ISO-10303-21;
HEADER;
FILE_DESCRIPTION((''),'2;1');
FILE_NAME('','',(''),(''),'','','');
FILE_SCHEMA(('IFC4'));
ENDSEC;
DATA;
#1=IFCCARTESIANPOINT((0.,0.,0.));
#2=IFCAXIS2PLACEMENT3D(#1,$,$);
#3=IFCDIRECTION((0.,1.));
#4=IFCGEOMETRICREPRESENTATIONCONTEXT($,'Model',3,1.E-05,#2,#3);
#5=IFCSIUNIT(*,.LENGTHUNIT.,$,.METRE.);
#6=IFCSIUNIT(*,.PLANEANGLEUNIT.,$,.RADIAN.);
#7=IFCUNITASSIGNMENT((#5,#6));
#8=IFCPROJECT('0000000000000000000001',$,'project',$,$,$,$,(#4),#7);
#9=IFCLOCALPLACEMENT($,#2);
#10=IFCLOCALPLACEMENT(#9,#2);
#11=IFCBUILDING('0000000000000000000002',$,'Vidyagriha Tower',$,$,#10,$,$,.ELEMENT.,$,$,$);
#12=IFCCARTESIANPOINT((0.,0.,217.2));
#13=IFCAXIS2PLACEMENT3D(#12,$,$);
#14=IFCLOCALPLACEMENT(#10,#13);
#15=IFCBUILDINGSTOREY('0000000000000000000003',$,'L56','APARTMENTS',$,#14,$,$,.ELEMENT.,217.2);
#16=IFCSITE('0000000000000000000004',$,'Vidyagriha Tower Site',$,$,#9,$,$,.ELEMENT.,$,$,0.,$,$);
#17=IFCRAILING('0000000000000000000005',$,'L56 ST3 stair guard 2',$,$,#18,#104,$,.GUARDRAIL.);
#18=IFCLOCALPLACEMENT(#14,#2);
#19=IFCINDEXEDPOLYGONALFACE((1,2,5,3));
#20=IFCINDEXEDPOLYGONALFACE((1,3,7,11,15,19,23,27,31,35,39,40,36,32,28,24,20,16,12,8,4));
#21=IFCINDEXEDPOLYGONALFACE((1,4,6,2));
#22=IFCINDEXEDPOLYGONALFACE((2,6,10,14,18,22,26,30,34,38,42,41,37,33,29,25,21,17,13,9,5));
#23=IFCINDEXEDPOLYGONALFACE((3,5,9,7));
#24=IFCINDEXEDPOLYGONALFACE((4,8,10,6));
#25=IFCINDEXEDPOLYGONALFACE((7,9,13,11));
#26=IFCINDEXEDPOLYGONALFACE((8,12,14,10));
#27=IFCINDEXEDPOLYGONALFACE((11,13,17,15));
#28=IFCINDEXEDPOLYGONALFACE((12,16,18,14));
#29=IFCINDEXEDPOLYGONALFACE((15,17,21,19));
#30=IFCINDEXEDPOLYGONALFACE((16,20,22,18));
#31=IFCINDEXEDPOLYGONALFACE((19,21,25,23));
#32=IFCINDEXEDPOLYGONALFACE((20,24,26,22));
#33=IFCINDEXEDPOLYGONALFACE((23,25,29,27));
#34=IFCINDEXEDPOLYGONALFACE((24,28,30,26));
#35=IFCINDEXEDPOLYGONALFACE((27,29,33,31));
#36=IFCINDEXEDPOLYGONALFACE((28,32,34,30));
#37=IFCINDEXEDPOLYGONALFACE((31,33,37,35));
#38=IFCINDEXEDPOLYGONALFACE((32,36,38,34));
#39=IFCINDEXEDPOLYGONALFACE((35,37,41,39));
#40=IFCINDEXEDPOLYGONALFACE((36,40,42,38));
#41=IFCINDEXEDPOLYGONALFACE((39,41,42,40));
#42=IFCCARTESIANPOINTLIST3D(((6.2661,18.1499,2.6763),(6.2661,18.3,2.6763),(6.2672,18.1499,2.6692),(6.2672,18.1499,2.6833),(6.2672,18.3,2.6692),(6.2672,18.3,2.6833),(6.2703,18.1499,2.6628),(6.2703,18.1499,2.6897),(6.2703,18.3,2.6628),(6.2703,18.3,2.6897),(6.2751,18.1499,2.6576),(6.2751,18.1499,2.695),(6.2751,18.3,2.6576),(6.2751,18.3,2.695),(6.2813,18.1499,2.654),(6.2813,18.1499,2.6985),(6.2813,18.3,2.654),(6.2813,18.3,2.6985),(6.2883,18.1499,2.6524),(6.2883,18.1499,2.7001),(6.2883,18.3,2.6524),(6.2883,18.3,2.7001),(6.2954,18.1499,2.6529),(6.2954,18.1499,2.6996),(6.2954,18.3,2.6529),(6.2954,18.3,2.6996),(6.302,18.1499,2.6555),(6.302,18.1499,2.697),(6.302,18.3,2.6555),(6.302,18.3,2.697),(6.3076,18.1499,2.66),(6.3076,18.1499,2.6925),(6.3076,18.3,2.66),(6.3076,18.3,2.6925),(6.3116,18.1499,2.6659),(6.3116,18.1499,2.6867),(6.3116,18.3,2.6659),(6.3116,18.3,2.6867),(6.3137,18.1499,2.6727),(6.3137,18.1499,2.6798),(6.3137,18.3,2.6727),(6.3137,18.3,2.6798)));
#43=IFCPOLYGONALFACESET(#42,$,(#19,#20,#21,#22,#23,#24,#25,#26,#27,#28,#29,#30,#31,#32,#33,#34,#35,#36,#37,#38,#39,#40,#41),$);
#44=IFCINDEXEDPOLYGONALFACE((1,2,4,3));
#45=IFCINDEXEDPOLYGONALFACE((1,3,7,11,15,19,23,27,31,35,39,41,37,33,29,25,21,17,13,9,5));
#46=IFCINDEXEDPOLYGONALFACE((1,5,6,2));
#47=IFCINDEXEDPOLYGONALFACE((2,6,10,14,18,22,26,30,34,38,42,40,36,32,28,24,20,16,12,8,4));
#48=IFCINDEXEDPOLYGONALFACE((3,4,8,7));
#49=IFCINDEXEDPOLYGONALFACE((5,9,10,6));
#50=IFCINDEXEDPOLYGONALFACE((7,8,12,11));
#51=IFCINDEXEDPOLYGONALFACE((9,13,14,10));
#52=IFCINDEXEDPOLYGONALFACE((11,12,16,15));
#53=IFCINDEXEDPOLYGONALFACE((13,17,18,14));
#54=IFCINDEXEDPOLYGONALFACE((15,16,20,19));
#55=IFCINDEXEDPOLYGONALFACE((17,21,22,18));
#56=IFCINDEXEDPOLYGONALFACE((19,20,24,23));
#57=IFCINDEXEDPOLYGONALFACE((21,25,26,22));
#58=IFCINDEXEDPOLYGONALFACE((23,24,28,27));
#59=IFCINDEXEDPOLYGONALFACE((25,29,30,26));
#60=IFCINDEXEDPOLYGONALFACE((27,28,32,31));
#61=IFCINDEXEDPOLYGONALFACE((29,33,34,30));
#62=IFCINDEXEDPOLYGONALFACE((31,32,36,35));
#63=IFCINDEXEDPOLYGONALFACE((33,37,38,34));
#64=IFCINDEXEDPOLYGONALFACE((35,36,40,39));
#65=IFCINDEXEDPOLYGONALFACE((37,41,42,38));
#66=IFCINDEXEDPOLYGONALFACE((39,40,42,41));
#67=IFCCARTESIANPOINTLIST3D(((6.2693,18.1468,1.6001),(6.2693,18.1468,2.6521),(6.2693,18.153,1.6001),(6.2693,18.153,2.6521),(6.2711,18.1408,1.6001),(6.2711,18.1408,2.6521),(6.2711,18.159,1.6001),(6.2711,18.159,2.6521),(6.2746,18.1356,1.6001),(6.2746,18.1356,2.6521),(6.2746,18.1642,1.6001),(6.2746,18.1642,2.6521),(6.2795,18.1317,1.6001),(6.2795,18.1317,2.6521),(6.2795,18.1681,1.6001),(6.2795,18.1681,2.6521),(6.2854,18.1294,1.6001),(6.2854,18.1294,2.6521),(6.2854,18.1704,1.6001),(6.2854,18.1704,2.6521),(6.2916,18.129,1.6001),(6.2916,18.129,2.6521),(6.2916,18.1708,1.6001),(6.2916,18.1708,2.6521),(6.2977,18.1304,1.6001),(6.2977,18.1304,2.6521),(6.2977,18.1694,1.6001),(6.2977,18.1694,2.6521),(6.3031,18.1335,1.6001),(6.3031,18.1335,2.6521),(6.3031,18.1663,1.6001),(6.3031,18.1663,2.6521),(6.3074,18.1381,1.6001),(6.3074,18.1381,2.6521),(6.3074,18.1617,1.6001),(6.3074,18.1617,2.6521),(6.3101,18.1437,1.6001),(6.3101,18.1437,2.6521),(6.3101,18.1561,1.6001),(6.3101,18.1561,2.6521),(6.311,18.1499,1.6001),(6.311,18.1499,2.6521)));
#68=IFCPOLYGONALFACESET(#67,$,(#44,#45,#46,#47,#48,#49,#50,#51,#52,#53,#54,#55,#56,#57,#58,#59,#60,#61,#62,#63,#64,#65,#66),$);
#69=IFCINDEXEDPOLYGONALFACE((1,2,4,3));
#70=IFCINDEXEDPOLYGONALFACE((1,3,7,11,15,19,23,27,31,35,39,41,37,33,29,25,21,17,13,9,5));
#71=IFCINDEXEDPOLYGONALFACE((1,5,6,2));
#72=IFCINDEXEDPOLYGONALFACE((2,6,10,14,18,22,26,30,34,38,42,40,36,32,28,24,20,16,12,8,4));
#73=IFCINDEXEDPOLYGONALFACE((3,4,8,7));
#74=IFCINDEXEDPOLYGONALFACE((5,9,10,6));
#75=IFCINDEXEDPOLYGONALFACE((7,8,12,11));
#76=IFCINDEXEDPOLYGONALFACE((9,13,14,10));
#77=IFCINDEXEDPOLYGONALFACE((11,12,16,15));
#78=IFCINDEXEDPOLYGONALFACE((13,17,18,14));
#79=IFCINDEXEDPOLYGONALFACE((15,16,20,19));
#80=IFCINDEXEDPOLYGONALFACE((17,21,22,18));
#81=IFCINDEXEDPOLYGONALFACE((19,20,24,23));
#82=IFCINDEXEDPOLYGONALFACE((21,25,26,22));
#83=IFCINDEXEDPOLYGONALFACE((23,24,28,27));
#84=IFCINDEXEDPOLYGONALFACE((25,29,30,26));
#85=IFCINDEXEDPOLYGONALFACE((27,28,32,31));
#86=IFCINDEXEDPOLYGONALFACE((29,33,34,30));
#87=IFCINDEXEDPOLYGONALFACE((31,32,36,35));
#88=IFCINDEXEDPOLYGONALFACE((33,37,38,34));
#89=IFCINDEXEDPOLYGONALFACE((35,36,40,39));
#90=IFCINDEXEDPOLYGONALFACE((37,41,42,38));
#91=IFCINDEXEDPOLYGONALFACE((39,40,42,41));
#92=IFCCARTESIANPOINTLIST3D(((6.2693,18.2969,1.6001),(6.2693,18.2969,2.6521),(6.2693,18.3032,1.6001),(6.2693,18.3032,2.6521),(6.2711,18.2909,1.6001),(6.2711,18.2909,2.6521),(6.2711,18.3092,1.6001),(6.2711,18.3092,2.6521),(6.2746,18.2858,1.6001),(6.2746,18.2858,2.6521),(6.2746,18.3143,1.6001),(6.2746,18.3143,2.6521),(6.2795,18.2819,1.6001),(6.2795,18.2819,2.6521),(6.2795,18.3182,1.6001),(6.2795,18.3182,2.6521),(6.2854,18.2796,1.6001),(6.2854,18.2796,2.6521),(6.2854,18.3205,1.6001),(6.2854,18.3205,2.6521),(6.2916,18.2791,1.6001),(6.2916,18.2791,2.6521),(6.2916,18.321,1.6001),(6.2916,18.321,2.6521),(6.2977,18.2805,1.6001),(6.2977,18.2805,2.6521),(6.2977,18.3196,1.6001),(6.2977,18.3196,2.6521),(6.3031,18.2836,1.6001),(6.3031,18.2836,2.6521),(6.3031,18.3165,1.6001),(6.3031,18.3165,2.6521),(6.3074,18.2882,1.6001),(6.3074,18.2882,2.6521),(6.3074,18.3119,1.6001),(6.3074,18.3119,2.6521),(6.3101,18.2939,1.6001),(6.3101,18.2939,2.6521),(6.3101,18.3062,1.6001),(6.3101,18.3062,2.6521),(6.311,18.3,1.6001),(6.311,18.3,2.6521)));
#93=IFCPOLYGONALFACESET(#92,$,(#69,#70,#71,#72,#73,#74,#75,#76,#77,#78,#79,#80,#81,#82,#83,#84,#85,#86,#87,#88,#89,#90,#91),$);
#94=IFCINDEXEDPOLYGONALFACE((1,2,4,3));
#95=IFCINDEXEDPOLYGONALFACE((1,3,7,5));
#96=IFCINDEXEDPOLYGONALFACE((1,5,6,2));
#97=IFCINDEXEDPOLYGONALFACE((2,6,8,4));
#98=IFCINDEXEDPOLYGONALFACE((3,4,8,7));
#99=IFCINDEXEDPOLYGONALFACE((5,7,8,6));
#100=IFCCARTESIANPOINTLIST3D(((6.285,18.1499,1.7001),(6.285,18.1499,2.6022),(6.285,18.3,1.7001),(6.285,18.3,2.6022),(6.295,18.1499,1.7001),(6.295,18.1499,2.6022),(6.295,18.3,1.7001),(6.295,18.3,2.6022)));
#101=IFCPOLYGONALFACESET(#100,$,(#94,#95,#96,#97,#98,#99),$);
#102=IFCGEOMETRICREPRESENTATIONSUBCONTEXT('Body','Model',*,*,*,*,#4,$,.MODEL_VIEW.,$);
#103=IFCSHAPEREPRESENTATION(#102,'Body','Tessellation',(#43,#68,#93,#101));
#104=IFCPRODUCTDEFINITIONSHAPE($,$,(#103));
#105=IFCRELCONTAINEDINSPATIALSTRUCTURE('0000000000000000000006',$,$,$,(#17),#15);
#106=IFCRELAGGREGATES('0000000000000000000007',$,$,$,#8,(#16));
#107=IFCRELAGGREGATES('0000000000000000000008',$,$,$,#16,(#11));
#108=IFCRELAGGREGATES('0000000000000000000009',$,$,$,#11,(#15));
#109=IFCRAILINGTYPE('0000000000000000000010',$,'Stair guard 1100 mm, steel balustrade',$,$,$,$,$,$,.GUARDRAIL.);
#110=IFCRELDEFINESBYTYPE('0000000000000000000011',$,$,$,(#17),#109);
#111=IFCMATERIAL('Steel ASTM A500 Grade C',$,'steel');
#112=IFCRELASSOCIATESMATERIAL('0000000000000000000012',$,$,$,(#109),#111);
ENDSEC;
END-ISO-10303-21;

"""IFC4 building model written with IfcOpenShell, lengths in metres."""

from ifc_helpers import new_model, si_unit, direction, frame, origin, origin_2d, place, context, subcontext, project, spatial, rectangle, circle, extrude, material, type_object, element, save


model = new_model("IFC4")

# Units and contexts
model_context = context("Model", 3, precision=1e-05, world=origin(), true_north=direction((0.0, 1.0)))
body_context = subcontext(model_context, "Body", "Model", "MODEL_VIEW")
ifc_project = project(units=[si_unit("LENGTHUNIT", "METRE"), si_unit("PLANEANGLEUNIT", "RADIAN")], contexts=[model_context])

# Site, building, storey
site_placement = place(None, origin())
site = spatial("IfcSite", under=ifc_project, at=site_placement, Name="Vidyagriha Tower Site", CompositionType="ELEMENT", RefElevation=0.0)
building_placement = place(site_placement, origin())
building = spatial("IfcBuilding", under=site, at=building_placement, Name="Vidyagriha Tower", CompositionType="ELEMENT")
storey_placement = place(building_placement, frame((0.0, 0.0, 217.2)))
storey = spatial("IfcBuildingStorey", under=building, at=storey_placement, Name="L56", Description="APARTMENTS", CompositionType="ELEMENT", Elevation=217.2)

# Railing
ifc_material_1 = material(Name="Steel ASTM A500 Grade C", Category="steel")
railing_type_1 = type_object("IfcRailingType", Name="Stair guard 1100 mm, steel balustrade", PredefinedType="GUARDRAIL", material=ifc_material_1)
railing_1_placement = place(storey_placement, frame((6.29, 18.1499, 1.6001)))
element("IfcRailing", 1, at=railing_1_placement, inside=storey, type_object=railing_type_1, Name="L56 ST3 stair guard 2", PredefinedType="GUARDRAIL", context=body_context, shape_type="SweptSolid", body=[
    extrude(circle(Radius=0.0239, at=origin_2d()), frame((0.0, 0.0, 1.0762), z_axis=(0.0, 1.0, 0.0), x_axis=(-1.0, 0.0, 0.0)), (0.0, 0.0, 1.0), 0.1501),
    extrude(circle(Radius=0.021, at=origin_2d()), origin(), (0.0, 0.0, 1.0), 1.052),
    extrude(circle(Radius=0.021, at=origin_2d()), frame((0.0, 0.1501, 0.0)), (0.0, 0.0, 1.0), 1.052),
    extrude(rectangle(XDim=0.01, YDim=0.9021, at=origin_2d()), frame((0.0, 0.0, 0.551), z_axis=(0.0, 1.0, 0.0), x_axis=(-1.0, 0.0, 0.0)), (0.0, 0.0, 1.0), 0.1501),
])

save(model, "model.ifc")
